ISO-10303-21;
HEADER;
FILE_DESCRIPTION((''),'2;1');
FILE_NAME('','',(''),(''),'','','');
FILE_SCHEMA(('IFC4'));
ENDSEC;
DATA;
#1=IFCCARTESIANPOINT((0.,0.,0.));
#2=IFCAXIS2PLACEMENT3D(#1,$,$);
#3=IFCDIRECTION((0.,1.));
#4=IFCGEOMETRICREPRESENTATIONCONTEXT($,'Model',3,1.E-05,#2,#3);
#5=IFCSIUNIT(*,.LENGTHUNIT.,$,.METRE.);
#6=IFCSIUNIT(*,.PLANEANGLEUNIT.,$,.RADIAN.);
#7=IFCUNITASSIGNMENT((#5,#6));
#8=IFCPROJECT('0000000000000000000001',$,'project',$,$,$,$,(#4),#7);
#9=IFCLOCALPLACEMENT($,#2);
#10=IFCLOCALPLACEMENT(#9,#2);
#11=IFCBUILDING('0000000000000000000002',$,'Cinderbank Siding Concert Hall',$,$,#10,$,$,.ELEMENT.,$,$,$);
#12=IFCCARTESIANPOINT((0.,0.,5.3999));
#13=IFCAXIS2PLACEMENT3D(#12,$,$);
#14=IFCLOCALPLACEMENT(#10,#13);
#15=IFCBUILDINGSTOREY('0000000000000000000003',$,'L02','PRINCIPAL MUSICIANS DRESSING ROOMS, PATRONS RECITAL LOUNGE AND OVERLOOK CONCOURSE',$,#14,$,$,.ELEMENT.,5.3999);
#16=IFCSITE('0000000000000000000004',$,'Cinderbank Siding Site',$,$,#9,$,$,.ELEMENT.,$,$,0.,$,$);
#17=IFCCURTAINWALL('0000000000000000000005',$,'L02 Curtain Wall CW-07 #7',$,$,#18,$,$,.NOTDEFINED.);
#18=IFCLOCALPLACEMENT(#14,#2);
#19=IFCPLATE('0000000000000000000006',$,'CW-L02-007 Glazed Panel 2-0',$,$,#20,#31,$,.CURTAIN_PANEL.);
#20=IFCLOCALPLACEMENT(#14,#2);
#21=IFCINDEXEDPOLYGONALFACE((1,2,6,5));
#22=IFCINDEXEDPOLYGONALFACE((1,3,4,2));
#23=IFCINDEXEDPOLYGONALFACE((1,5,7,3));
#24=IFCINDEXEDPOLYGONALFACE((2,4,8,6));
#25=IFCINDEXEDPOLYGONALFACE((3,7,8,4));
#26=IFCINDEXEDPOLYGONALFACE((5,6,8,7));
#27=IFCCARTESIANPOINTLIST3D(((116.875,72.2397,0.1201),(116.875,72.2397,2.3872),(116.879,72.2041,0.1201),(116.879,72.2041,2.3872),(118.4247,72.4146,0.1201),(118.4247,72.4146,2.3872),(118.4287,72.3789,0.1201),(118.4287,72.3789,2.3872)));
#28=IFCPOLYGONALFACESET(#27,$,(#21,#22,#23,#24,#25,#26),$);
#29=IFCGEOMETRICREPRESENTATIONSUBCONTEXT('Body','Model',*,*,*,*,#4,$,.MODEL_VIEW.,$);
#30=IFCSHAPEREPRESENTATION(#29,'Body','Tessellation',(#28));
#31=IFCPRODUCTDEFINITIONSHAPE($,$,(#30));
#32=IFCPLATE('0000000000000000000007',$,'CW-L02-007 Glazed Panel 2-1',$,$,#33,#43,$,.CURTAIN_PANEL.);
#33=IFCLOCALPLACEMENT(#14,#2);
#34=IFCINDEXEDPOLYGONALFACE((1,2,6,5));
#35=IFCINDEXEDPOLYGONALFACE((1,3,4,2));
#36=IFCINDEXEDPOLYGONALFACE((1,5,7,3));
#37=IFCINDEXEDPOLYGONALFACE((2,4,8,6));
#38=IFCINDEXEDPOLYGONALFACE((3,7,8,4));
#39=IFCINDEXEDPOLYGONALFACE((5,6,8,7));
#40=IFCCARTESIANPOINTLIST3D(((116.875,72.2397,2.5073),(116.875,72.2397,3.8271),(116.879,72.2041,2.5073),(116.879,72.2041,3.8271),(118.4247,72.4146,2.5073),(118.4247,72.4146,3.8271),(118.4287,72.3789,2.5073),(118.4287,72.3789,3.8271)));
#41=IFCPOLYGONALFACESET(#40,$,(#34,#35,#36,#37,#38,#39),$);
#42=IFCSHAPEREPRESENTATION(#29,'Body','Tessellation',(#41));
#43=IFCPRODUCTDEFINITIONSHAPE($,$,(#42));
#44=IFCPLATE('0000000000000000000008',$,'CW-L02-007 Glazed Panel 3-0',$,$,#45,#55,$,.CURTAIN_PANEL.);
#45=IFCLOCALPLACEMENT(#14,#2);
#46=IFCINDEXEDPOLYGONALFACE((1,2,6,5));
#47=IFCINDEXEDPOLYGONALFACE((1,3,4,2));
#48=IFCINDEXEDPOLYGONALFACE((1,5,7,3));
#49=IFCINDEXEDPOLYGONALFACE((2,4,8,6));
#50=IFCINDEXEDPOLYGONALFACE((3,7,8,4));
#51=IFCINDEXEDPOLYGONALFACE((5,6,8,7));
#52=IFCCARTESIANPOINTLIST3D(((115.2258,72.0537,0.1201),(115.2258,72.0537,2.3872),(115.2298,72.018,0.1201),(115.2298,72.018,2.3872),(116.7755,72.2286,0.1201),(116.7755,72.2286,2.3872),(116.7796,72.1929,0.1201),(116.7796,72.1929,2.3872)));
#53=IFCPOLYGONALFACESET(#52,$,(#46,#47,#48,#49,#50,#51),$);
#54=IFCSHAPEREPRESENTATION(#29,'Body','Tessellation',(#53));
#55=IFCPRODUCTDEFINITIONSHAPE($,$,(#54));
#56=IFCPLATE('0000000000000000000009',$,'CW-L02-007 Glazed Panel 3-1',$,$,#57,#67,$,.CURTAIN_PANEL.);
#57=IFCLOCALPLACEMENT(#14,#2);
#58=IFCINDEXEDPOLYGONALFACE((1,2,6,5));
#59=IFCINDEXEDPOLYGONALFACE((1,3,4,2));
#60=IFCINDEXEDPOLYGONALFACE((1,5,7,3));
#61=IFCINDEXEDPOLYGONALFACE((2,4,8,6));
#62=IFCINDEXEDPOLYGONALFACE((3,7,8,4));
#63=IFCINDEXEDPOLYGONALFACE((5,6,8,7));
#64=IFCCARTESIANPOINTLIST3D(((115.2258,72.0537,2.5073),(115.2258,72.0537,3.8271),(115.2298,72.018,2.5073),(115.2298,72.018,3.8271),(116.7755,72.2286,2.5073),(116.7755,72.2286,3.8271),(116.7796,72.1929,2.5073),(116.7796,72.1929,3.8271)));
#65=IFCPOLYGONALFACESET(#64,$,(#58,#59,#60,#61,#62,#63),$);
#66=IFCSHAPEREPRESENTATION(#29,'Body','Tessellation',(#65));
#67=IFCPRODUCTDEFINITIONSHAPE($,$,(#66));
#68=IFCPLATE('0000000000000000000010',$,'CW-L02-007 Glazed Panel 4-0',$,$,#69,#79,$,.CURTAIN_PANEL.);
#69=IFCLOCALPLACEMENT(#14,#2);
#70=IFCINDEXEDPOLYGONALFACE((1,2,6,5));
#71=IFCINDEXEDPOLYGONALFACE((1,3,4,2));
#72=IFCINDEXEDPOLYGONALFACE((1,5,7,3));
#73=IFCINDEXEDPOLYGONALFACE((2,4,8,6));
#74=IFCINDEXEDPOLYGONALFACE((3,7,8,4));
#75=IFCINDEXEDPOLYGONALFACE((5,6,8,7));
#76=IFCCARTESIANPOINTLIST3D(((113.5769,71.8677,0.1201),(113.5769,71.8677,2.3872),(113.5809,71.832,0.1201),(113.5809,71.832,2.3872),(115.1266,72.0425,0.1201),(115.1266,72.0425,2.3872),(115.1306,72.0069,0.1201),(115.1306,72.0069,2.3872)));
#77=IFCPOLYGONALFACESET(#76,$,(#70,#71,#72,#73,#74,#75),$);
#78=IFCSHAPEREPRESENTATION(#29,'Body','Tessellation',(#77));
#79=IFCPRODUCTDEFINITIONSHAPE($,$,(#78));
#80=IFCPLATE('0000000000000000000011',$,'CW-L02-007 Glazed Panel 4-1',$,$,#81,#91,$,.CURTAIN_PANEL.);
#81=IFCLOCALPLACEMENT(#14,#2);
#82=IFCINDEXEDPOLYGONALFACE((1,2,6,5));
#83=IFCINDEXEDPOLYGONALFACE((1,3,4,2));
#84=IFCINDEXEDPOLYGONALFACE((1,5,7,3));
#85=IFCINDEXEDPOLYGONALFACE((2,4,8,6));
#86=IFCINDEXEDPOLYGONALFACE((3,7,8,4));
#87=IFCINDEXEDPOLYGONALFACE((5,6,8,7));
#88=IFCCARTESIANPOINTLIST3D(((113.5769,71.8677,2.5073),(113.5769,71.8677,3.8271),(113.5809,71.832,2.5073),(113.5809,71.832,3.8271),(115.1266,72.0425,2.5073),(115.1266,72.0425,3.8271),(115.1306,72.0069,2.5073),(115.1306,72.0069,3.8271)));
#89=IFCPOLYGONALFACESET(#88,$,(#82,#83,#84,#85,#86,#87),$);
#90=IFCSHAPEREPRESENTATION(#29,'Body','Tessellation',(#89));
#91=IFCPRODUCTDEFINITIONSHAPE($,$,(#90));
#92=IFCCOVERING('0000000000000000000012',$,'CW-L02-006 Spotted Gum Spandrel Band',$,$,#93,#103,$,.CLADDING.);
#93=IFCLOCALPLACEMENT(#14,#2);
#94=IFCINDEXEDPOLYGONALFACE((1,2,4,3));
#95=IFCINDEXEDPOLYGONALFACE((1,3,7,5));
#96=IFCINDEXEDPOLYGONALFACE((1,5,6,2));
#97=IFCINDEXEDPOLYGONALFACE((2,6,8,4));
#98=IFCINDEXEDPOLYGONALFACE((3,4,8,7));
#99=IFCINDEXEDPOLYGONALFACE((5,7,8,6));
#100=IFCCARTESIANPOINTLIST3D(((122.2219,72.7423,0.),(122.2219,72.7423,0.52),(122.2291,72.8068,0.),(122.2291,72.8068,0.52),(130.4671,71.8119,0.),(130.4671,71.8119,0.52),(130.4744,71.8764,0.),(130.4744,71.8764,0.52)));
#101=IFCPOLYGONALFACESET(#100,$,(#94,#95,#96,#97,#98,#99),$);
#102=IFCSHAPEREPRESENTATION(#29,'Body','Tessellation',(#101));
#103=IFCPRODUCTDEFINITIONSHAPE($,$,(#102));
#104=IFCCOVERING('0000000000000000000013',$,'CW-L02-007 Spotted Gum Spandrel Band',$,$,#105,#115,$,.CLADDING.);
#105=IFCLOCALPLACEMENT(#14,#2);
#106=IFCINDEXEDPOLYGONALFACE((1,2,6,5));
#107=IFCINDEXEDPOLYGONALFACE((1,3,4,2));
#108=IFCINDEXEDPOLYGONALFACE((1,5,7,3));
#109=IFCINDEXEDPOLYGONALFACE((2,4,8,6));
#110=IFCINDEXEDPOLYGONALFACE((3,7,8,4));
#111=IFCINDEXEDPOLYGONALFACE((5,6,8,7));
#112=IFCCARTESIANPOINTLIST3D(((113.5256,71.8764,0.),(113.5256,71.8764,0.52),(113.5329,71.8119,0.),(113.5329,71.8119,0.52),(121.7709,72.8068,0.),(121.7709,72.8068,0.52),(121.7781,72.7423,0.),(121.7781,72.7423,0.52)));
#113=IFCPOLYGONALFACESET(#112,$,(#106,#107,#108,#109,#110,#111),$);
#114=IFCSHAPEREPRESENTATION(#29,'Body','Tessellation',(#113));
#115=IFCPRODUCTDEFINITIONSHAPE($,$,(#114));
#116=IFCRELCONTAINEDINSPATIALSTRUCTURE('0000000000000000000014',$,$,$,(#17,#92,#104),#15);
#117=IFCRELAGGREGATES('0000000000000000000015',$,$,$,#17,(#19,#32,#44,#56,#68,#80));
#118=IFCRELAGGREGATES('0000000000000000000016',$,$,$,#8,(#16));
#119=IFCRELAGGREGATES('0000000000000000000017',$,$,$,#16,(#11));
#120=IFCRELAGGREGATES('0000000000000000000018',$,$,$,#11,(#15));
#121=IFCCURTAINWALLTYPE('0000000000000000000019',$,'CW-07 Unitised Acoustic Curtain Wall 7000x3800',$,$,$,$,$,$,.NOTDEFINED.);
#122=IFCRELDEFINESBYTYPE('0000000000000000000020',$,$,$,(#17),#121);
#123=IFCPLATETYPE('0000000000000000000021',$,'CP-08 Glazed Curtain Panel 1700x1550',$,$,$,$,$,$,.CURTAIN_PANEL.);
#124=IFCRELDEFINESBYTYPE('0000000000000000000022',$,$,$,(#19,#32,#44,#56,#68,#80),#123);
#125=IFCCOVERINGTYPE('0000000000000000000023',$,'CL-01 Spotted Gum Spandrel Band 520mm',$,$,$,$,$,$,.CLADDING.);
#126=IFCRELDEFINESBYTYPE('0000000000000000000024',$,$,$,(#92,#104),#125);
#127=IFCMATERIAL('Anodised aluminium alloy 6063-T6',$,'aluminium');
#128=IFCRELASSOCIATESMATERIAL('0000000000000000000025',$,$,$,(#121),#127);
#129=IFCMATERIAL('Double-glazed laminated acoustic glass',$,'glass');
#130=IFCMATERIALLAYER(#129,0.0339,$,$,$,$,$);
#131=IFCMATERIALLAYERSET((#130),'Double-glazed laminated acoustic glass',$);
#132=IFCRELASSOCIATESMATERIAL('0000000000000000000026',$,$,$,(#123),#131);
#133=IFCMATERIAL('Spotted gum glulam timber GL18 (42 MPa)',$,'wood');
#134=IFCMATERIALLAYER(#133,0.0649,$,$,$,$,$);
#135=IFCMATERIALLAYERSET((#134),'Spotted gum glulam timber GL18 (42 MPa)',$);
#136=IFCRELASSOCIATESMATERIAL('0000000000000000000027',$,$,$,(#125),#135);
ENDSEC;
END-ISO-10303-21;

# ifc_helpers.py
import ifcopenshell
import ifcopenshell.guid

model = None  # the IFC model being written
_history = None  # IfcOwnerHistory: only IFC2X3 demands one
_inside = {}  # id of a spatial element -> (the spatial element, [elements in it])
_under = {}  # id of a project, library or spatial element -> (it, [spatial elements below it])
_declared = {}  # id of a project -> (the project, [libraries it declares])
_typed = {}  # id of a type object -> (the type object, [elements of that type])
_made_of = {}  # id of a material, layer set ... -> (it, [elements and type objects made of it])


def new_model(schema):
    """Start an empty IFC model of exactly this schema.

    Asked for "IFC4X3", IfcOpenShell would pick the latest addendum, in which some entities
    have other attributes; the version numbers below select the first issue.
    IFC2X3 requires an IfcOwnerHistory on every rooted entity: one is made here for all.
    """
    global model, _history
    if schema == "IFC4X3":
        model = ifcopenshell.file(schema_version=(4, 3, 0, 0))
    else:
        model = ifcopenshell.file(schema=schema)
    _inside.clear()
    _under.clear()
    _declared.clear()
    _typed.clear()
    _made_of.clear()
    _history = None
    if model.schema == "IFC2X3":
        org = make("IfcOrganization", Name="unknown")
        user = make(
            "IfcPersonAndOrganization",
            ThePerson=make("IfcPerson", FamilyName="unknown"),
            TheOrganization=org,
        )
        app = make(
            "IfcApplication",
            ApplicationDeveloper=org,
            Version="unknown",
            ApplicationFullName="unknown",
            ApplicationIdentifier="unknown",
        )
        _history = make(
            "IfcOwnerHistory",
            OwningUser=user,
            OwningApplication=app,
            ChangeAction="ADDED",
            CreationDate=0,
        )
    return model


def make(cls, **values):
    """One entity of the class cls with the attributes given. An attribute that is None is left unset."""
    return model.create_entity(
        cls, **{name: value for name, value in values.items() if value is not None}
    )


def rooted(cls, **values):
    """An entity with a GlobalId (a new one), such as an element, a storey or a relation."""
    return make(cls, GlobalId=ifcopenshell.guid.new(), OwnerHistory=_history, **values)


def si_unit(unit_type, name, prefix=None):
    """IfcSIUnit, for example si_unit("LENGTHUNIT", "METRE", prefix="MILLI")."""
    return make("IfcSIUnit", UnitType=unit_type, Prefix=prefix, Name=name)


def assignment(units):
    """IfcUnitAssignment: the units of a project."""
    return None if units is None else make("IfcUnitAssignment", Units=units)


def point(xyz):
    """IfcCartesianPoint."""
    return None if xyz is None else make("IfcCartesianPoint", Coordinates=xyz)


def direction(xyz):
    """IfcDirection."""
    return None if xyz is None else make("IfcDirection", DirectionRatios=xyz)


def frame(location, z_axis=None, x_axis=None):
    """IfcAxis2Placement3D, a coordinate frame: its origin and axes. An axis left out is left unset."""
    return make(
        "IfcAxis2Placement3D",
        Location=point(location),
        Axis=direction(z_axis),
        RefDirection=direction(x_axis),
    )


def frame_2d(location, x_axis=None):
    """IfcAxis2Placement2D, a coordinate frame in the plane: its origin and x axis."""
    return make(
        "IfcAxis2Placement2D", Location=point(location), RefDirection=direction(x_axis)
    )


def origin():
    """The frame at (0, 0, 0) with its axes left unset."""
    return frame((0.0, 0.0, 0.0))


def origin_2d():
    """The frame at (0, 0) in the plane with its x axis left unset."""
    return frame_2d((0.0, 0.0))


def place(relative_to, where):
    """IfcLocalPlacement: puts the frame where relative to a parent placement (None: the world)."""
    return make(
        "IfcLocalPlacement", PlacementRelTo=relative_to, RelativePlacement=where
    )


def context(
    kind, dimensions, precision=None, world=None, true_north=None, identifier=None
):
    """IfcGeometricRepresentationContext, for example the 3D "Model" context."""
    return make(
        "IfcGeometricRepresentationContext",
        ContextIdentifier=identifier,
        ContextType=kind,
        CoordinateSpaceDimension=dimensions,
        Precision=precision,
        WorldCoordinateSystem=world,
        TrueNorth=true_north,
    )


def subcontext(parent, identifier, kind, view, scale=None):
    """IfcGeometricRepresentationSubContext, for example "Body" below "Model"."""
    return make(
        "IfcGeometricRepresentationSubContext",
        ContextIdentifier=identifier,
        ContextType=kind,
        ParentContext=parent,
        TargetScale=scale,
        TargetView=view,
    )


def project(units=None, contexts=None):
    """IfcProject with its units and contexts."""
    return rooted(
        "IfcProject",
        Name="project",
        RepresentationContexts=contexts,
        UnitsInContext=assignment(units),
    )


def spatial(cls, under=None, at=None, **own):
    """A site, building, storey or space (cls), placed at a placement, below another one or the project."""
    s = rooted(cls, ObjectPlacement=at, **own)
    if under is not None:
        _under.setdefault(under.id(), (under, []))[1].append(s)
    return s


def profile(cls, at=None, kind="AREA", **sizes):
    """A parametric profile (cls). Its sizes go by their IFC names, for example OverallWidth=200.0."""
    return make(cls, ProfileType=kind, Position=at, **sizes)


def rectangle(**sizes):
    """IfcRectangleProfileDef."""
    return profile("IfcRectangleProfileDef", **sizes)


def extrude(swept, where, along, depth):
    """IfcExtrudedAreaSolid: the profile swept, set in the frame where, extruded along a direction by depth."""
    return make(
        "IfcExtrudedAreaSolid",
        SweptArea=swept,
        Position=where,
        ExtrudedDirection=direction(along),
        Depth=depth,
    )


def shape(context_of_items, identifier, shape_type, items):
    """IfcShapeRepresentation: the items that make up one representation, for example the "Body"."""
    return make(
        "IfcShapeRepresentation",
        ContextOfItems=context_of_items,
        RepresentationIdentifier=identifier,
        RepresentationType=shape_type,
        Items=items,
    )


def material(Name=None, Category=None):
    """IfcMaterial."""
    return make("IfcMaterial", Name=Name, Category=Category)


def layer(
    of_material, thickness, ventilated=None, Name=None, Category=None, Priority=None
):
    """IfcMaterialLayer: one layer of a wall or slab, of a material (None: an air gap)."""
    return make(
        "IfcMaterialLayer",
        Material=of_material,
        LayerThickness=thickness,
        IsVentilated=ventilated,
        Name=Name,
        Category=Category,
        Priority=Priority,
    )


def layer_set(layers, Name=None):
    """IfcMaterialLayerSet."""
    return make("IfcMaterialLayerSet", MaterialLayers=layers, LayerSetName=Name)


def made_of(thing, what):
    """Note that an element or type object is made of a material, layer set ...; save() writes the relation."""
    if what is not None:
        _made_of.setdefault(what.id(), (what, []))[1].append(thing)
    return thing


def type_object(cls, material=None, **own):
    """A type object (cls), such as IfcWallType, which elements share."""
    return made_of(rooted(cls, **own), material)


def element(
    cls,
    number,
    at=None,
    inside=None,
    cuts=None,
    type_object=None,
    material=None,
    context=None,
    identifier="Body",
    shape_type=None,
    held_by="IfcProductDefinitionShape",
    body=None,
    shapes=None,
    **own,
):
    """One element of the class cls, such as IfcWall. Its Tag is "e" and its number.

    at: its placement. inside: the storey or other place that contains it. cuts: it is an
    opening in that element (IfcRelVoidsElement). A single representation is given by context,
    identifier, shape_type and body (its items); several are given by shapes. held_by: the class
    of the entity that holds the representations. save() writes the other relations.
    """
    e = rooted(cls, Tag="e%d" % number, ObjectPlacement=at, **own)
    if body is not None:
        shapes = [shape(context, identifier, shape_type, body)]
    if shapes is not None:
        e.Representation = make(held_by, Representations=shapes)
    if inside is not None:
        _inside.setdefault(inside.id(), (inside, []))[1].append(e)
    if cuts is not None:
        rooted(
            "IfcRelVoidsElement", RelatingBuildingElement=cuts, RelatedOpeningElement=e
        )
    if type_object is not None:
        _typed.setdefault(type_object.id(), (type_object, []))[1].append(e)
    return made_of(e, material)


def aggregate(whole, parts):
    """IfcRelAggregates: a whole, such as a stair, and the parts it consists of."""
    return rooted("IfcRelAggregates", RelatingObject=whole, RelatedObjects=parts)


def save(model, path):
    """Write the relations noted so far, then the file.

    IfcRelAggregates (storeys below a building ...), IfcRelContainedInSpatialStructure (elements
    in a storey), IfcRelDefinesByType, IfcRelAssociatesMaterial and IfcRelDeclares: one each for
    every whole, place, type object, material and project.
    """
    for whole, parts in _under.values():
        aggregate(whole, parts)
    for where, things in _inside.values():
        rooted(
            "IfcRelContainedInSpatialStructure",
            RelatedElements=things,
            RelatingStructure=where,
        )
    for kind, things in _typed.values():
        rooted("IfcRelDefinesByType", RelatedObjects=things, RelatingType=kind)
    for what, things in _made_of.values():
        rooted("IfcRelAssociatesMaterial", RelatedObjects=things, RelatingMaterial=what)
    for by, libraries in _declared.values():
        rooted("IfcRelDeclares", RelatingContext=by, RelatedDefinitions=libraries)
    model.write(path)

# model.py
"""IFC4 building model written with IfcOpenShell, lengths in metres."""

from ifc_helpers import new_model, si_unit, direction, frame, origin, origin_2d, place, context, subcontext, project, spatial, rectangle, extrude, material, layer, layer_set, type_object, element, aggregate, save


model = new_model("IFC4")

# Units and contexts
model_context = context("Model", 3, precision=1e-05, world=origin(), true_north=direction((0.0, 1.0)))
body_context = subcontext(model_context, "Body", "Model", "MODEL_VIEW")
ifc_project = project(units=[si_unit("LENGTHUNIT", "METRE"), si_unit("PLANEANGLEUNIT", "RADIAN")], contexts=[model_context])

# Site, building, storey
site_placement = place(None, origin())
site = spatial("IfcSite", under=ifc_project, at=site_placement, Name="Cinderbank Siding Site", CompositionType="ELEMENT", RefElevation=0.0)
building_placement = place(site_placement, origin())
building = spatial("IfcBuilding", under=site, at=building_placement, Name="Cinderbank Siding Concert Hall", CompositionType="ELEMENT")
storey_placement = place(building_placement, frame((0.0, 0.0, 5.3999)))
storey = spatial("IfcBuildingStorey", under=building, at=storey_placement, Name="L02", Description="PRINCIPAL MUSICIANS DRESSING ROOMS, PATRONS RECITAL LOUNGE AND OVERLOOK CONCOURSE", CompositionType="ELEMENT", Elevation=5.3999)

# Curtain wall
ifc_material_1 = material(Name="Anodised aluminium alloy 6063-T6", Category="aluminium")
curtain_wall_type_1 = type_object("IfcCurtainWallType", Name="CW-07 Unitised Acoustic Curtain Wall 7000x3800", PredefinedType="NOTDEFINED", material=ifc_material_1)
curtain_wall_1_placement = place(storey_placement, origin())
curtain_wall_1 = element("IfcCurtainWall", 1, at=curtain_wall_1_placement, inside=storey, type_object=curtain_wall_type_1, Name="L02 Curtain Wall CW-07 #7", PredefinedType="NOTDEFINED")

# Plates
ifc_material_2 = material(Name="Double-glazed laminated acoustic glass", Category="glass")
ifc_layer_1 = layer(ifc_material_2, 0.0339)
ifc_layer_set_1 = layer_set([ifc_layer_1], Name="Double-glazed laminated acoustic glass")
plate_type_1 = type_object("IfcPlateType", Name="CP-08 Glazed Curtain Panel 1700x1550", PredefinedType="CURTAIN_PANEL", material=ifc_layer_set_1)
plate_1_placement = place(storey_placement, frame((117.6519, 72.3093, 0.1201), z_axis=(0.0, 0.0, 1.0), x_axis=(-0.993694, -0.112129, 0.0)))
plate_1 = element("IfcPlate", 2, at=plate_1_placement, type_object=plate_type_1, Name="CW-L02-007 Glazed Panel 2-0", PredefinedType="CURTAIN_PANEL", context=body_context, shape_type="SweptSolid", body=[
    extrude(rectangle(XDim=1.5596, YDim=0.0359, at=origin_2d()), origin(), (0.0, 0.0, 1.0), 2.2671),
])
plate_2_placement = place(storey_placement, frame((117.6519, 72.3093, 2.5073), z_axis=(0.0, 0.0, 1.0), x_axis=(-0.993694, -0.112129, 0.0)))
plate_2 = element("IfcPlate", 3, at=plate_2_placement, type_object=plate_type_1, Name="CW-L02-007 Glazed Panel 2-1", PredefinedType="CURTAIN_PANEL", context=body_context, shape_type="SweptSolid", body=[
    extrude(rectangle(XDim=1.5596, YDim=0.0359, at=origin_2d()), origin(), (0.0, 0.0, 1.0), 1.3198),
])
plate_3_placement = place(storey_placement, frame((116.0027, 72.1233, 0.1201), z_axis=(0.0, 0.0, 1.0), x_axis=(-0.993694, -0.112129, 0.0)))
plate_3 = element("IfcPlate", 4, at=plate_3_placement, type_object=plate_type_1, Name="CW-L02-007 Glazed Panel 3-0", PredefinedType="CURTAIN_PANEL", context=body_context, shape_type="SweptSolid", body=[
    extrude(rectangle(XDim=1.5596, YDim=0.0359, at=origin_2d()), origin(), (0.0, 0.0, 1.0), 2.2671),
])
plate_4_placement = place(storey_placement, frame((116.0027, 72.1233, 2.5073), z_axis=(0.0, 0.0, 1.0), x_axis=(-0.993694, -0.112129, 0.0)))
plate_4 = element("IfcPlate", 5, at=plate_4_placement, type_object=plate_type_1, Name="CW-L02-007 Glazed Panel 3-1", PredefinedType="CURTAIN_PANEL", context=body_context, shape_type="SweptSolid", body=[
    extrude(rectangle(XDim=1.5596, YDim=0.0359, at=origin_2d()), origin(), (0.0, 0.0, 1.0), 1.3198),
])
plate_5_placement = place(storey_placement, frame((114.3538, 71.9373, 0.1201), z_axis=(0.0, 0.0, 1.0), x_axis=(-0.993694, -0.112129, 0.0)))
plate_5 = element("IfcPlate", 6, at=plate_5_placement, type_object=plate_type_1, Name="CW-L02-007 Glazed Panel 4-0", PredefinedType="CURTAIN_PANEL", context=body_context, shape_type="SweptSolid", body=[
    extrude(rectangle(XDim=1.5596, YDim=0.0359, at=origin_2d()), origin(), (0.0, 0.0, 1.0), 2.2671),
])
plate_6_placement = place(storey_placement, frame((114.3538, 71.9373, 2.5073), z_axis=(0.0, 0.0, 1.0), x_axis=(-0.993694, -0.112129, 0.0)))
plate_6 = element("IfcPlate", 7, at=plate_6_placement, type_object=plate_type_1, Name="CW-L02-007 Glazed Panel 4-1", PredefinedType="CURTAIN_PANEL", context=body_context, shape_type="SweptSolid", body=[
    extrude(rectangle(XDim=1.5596, YDim=0.0359, at=origin_2d()), origin(), (0.0, 0.0, 1.0), 1.3198),
])
aggregate(curtain_wall_1, [plate_1, plate_2, plate_3, plate_4, plate_5, plate_6])

# Coverings
ifc_material_3 = material(Name="Spotted gum glulam timber GL18 (42 MPa)", Category="wood")
ifc_layer_2 = layer(ifc_material_3, 0.0649)
ifc_layer_set_2 = layer_set([ifc_layer_2], Name="Spotted gum glulam timber GL18 (42 MPa)")
covering_type = type_object("IfcCoveringType", Name="CL-01 Spotted Gum Spandrel Band 520mm", PredefinedType="CLADDING", material=ifc_layer_set_2)
for number, where, z_axis, x_axis, name in (
    (8, (126.3481, 72.3093, 0.0), (0.0, 0.0, 1.0), (-0.993694, 0.112129, 0.0), "CW-L02-006 Spotted Gum Spandrel Band"),
    (9, (117.6519, 72.3093, 0.0), (0.0, 0.0, 1.0), (-0.993694, -0.112129, 0.0), "CW-L02-007 Spotted Gum Spandrel Band"),
):
    element("IfcCovering", number, at=place(storey_placement, frame(where, z_axis=z_axis, x_axis=x_axis)), inside=storey, type_object=covering_type, Name=name, PredefinedType="CLADDING", context=body_context, shape_type="SweptSolid", body=[
        extrude(rectangle(XDim=8.2976, YDim=0.0649, at=origin_2d()), origin(), (0.0, 0.0, 1.0), 0.52),
    ])

save(model, "model.ifc")
